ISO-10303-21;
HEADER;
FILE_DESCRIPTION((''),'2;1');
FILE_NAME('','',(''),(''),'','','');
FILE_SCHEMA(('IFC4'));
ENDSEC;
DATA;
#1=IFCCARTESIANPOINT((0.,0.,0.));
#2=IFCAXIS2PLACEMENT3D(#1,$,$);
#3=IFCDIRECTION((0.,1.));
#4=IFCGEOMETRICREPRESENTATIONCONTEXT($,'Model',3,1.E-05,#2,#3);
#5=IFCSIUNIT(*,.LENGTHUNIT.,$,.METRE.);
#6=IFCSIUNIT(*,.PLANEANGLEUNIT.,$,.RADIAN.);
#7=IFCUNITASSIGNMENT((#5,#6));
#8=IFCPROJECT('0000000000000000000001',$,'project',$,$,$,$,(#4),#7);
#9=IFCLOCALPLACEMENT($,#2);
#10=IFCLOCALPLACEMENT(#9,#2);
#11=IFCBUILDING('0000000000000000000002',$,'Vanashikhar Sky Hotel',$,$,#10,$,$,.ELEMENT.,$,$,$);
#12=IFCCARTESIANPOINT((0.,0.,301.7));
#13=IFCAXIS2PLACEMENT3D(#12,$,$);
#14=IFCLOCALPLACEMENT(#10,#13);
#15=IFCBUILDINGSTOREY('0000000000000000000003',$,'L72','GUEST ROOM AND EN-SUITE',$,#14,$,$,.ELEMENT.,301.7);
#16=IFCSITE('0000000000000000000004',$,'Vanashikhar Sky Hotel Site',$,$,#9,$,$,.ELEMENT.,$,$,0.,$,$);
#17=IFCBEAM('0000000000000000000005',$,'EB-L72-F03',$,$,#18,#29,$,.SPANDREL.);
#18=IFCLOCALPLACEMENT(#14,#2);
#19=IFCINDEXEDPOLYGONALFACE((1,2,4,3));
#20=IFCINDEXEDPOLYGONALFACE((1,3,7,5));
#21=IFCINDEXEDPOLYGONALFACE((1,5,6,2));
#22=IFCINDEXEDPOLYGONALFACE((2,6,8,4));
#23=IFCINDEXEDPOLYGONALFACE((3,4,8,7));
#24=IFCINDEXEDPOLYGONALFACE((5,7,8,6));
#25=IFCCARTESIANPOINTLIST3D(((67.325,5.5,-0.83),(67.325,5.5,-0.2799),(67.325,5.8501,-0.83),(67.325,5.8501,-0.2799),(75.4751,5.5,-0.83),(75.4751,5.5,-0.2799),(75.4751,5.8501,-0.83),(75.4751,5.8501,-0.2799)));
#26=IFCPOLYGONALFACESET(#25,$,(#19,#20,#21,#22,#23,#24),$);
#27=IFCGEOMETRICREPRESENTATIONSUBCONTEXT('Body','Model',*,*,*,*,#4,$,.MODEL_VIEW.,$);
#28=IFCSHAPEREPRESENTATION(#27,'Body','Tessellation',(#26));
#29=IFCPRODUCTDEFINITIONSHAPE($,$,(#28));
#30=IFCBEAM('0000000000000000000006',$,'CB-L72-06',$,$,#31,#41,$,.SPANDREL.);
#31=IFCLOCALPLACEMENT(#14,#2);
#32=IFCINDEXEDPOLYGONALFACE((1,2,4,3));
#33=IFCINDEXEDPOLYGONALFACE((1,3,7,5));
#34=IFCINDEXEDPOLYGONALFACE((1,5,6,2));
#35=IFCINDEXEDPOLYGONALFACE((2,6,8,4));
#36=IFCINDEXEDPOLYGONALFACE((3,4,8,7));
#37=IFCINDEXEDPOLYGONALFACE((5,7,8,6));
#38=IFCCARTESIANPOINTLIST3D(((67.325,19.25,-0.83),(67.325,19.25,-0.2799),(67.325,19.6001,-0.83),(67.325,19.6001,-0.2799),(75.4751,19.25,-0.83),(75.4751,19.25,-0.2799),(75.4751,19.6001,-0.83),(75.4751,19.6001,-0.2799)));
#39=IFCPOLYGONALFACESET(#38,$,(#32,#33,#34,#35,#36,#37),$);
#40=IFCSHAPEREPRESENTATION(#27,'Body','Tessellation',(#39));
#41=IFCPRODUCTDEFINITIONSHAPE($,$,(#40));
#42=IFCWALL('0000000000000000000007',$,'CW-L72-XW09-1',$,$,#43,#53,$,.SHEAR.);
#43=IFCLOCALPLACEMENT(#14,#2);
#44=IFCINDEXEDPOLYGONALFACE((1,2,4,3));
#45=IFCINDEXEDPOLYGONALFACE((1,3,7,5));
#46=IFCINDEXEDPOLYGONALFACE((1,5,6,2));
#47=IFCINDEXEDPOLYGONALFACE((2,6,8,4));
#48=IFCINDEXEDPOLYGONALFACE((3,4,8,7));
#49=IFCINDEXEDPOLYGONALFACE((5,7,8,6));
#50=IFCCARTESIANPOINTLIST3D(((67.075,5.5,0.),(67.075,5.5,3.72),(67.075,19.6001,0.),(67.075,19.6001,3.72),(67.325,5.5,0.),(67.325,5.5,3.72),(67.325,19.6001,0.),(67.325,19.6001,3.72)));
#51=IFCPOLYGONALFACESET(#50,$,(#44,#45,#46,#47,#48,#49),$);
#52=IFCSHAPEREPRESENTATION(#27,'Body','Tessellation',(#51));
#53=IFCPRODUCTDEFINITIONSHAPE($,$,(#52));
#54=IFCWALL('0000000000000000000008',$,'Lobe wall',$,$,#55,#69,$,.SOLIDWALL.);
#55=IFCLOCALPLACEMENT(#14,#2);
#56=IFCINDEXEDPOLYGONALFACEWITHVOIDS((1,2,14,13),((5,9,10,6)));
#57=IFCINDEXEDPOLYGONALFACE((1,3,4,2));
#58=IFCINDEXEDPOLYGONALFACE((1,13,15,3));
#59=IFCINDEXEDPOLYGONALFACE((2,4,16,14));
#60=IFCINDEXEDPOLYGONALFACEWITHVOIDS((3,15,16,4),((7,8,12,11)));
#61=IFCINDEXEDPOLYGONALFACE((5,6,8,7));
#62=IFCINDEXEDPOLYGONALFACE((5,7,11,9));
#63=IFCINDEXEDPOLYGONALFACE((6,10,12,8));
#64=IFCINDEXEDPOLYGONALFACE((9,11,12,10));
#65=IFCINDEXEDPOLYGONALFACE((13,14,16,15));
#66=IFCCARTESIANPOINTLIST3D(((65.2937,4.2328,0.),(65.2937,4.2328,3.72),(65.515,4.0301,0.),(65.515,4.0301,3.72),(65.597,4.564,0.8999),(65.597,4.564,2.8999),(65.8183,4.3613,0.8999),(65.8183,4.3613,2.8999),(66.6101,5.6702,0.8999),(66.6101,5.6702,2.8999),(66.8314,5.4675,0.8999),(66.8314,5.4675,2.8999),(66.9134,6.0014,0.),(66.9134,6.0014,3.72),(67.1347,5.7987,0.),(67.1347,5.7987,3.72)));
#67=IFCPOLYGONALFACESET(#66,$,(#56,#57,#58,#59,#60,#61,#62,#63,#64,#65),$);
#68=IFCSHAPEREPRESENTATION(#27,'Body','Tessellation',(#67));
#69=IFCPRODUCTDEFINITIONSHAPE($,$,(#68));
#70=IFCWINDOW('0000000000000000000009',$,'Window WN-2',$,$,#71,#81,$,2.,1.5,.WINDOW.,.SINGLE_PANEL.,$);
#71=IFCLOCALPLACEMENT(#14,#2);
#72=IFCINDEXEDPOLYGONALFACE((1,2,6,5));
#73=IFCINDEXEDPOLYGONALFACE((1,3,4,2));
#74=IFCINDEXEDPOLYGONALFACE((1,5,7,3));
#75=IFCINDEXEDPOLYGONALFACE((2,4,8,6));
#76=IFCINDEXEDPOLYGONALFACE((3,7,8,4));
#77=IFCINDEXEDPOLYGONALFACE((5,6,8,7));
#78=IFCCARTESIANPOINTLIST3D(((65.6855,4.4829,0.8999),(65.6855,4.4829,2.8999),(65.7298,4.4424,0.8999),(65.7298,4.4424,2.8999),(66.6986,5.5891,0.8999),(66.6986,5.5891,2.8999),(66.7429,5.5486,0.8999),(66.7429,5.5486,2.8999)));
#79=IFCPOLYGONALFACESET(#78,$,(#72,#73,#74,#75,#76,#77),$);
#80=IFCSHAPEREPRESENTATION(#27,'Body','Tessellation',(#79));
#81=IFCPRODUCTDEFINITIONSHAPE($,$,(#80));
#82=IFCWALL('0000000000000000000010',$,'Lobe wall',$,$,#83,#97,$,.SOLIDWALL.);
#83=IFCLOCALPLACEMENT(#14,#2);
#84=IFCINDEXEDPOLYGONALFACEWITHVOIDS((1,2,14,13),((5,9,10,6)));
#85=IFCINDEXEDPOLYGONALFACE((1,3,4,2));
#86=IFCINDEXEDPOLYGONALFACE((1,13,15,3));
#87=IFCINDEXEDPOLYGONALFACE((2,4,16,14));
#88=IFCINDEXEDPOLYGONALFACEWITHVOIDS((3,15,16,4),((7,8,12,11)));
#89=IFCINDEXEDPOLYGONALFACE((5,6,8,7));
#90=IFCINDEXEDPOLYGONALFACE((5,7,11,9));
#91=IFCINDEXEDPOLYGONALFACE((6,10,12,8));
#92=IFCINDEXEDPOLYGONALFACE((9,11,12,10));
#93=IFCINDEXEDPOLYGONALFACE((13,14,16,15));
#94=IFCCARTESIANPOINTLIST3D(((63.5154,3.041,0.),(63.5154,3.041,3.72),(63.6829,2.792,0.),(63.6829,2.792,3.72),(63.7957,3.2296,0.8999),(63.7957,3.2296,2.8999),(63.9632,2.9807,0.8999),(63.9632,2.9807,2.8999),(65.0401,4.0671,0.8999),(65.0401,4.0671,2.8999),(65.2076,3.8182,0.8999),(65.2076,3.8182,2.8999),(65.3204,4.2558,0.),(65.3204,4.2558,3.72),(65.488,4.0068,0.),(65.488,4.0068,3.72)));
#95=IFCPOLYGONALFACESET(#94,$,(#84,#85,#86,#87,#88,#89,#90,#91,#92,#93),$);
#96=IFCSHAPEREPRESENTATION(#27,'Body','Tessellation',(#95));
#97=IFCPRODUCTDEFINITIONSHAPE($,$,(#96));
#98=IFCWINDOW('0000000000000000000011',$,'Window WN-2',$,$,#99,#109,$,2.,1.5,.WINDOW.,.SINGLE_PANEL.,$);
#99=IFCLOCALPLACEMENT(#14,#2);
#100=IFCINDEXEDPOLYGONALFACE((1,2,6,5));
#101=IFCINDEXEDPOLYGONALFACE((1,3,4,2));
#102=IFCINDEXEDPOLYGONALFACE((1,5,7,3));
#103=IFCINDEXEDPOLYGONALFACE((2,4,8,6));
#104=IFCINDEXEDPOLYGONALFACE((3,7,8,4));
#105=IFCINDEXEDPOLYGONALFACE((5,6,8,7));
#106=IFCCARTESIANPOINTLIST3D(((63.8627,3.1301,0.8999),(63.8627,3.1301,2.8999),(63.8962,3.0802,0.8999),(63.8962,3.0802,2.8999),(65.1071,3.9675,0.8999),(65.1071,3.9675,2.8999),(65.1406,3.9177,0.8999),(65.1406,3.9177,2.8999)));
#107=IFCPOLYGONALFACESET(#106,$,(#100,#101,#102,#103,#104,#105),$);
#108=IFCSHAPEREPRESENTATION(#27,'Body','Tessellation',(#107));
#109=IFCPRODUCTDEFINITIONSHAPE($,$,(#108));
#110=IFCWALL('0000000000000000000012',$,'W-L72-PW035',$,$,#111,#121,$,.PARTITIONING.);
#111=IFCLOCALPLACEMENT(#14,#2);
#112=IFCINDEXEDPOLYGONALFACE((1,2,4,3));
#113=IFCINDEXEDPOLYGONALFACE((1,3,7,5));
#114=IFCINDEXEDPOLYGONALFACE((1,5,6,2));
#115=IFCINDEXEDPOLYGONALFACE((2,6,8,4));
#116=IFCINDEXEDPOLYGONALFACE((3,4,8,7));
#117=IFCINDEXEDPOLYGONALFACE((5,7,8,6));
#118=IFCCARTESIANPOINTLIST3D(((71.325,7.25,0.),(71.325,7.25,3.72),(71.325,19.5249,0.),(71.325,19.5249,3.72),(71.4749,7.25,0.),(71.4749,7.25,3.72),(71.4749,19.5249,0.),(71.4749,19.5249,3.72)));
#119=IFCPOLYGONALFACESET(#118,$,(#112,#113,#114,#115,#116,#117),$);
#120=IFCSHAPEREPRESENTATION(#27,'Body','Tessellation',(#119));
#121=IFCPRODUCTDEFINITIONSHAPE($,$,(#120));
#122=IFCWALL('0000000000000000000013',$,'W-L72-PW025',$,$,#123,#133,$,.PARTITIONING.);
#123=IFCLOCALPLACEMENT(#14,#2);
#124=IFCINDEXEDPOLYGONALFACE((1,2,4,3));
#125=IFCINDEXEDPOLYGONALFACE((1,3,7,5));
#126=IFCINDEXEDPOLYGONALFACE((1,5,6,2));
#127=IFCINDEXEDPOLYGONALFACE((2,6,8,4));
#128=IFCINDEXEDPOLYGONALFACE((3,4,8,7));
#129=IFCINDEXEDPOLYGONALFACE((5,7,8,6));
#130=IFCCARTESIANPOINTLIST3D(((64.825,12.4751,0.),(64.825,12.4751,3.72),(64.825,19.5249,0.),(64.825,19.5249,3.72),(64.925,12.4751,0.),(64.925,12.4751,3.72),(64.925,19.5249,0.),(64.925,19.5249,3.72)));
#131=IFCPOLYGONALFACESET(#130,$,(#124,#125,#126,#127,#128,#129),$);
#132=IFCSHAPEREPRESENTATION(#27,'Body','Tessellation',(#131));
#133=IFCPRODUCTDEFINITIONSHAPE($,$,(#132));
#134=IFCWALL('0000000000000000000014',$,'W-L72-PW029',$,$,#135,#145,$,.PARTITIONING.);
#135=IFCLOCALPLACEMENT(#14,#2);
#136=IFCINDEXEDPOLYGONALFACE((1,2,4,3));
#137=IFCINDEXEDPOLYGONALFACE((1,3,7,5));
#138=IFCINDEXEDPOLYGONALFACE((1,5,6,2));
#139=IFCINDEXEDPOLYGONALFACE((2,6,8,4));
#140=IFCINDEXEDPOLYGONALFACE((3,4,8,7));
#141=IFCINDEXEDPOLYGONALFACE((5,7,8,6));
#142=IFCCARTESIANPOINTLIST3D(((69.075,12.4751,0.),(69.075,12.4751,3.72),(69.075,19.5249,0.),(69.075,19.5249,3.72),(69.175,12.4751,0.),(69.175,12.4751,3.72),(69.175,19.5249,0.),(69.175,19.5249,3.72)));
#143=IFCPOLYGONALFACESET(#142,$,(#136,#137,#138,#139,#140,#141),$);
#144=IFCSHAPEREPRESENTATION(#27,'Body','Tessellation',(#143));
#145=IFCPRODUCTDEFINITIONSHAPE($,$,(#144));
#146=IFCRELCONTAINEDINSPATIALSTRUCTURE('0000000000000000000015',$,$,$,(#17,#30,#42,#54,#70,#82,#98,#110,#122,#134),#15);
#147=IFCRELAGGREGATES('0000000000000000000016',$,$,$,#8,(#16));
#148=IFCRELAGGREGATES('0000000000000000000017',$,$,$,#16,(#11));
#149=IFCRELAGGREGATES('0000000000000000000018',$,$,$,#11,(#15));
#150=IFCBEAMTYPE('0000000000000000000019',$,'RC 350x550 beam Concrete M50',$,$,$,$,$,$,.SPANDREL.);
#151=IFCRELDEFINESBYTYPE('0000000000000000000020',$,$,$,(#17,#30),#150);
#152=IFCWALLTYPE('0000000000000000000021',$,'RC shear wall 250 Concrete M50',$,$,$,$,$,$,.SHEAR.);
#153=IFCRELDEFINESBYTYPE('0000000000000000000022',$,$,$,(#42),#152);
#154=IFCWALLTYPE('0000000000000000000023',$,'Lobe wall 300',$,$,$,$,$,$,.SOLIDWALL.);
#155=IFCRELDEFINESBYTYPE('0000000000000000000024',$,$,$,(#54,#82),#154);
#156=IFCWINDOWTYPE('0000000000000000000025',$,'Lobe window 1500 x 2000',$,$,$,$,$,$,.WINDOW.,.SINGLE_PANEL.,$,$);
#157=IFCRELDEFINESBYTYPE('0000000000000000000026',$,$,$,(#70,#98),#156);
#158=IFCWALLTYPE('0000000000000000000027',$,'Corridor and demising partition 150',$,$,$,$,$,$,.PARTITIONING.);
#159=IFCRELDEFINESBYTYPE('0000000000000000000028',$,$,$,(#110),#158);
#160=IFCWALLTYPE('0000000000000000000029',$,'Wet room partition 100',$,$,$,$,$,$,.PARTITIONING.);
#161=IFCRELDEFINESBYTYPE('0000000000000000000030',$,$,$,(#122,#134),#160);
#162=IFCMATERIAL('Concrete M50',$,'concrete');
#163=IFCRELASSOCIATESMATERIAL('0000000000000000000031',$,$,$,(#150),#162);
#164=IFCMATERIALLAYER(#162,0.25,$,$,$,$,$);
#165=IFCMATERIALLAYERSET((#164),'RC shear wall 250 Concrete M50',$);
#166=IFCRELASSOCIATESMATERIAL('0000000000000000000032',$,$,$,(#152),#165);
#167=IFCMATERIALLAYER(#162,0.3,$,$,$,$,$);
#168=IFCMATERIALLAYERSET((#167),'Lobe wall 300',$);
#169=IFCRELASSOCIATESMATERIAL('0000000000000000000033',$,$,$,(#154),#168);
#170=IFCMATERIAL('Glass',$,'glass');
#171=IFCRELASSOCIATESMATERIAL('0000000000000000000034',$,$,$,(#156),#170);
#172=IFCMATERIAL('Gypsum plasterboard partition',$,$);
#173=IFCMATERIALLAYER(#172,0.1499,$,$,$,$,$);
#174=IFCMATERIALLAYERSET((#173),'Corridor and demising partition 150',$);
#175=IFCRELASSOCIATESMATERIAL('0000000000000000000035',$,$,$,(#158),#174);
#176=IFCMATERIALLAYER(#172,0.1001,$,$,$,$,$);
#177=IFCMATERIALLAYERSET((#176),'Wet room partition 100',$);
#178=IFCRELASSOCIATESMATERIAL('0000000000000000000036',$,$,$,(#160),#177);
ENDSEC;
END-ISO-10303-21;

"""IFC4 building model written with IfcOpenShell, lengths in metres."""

from ifc_helpers import new_model, si_unit, direction, frame, frame_2d, origin, origin_2d, place, context, subcontext, project, spatial, rectangle, extrude, source, transform, mapped, material, layer, layer_set, material_profile, profile_set, type_object, element, fill, save


model = new_model("IFC4")

# Units and contexts
model_context = context("Model", 3, precision=1e-05, world=origin(), true_north=direction((0.0, 1.0)))
body_context = subcontext(model_context, "Body", "Model", "MODEL_VIEW")
ifc_project = project(units=[si_unit("LENGTHUNIT", "METRE"), si_unit("PLANEANGLEUNIT", "RADIAN")], contexts=[model_context])

# Site, building, storey
site_placement = place(None, origin())
site = spatial("IfcSite", under=ifc_project, at=site_placement, Name="Vanashikhar Sky Hotel Site", CompositionType="ELEMENT", RefElevation=0.0)
building_placement = place(site_placement, origin())
building = spatial("IfcBuilding", under=site, at=building_placement, Name="Vanashikhar Sky Hotel", CompositionType="ELEMENT")
storey_placement = place(building_placement, frame((0.0, 0.0, 301.7)))
storey = spatial("IfcBuildingStorey", under=building, at=storey_placement, Name="L72", Description="GUEST ROOM AND EN-SUITE", CompositionType="ELEMENT", Elevation=301.7)

# Beams
ifc_material_1 = material(Name="Concrete M50", Category="concrete")
ifc_material_profile_1 = material_profile(ifc_material_1, rectangle(XDim=0.3501, YDim=0.55, at=origin_2d()))
ifc_profile_set_1 = profile_set([ifc_material_profile_1], Name="RC 350x550 beam Concrete M50")
beam_type = type_object("IfcBeamType", Name="RC 350x550 beam Concrete M50", PredefinedType="SPANDREL", material=ifc_profile_set_1)
shared_shape_1 = source(origin(), body_context, "Body", "SweptSolid", [
    extrude(rectangle(XDim=0.3501, YDim=0.55, at=origin_2d()), origin(), (0.0, 0.0, 1.0), 8.1501),
])
for number, where, z_axis, x_axis, name in (
    (1, (67.325, 5.675, -0.5549), (1.0, 0.0, 0.0), (0.0, 1.0, 0.0), "EB-L72-F03"),
    (2, (67.325, 19.425, -0.5549), (1.0, 0.0, 0.0), (0.0, 1.0, 0.0), "CB-L72-06"),
):
    element("IfcBeam", number, at=place(storey_placement, frame(where, z_axis=z_axis, x_axis=x_axis)), inside=storey, type_object=beam_type, Name=name, PredefinedType="SPANDREL", context=body_context, shape_type="MappedRepresentation", body=[
        mapped(shared_shape_1, transform((0.0, 0.0, 0.0), scale=1.0)),
    ])

# Wall
ifc_layer_1 = layer(ifc_material_1, 0.25)
ifc_layer_set_1 = layer_set([ifc_layer_1], Name="RC shear wall 250 Concrete M50")
wall_type_1 = type_object("IfcWallType", Name="RC shear wall 250 Concrete M50", PredefinedType="SHEAR", material=ifc_layer_set_1)
shared_shape_2 = source(origin(), body_context, "Body", "SweptSolid", [
    extrude(rectangle(XDim=14.1001, YDim=0.25, at=frame_2d((7.05, 0.0))), origin(), (0.0, 0.0, 1.0), 3.72),
])
wall_1_placement = place(storey_placement, frame((67.2, 5.5, 0.0), z_axis=(0.0, 0.0, 1.0), x_axis=(0.0, 1.0, 0.0)))
element("IfcWall", 3, at=wall_1_placement, inside=storey, type_object=wall_type_1, Name="CW-L72-XW09-1", PredefinedType="SHEAR", context=body_context, shape_type="MappedRepresentation", body=[
    mapped(shared_shape_2, transform((0.0, 0.0, 0.0), scale=1.0)),
])

# Shared definitions
ifc_material_2 = material(Name="Glass", Category="glass")

# Walls, openings, windows
ifc_layer_2 = layer(ifc_material_1, 0.3)
ifc_layer_set_2 = layer_set([ifc_layer_2], Name="Lobe wall 300")
wall_type_2 = type_object("IfcWallType", Name="Lobe wall 300", PredefinedType="SOLIDWALL", material=ifc_layer_set_2)
shared_shape_3 = source(origin(), body_context, "Body", "SweptSolid", [
    extrude(rectangle(XDim=2.3982, YDim=0.3, at=frame_2d((1.1992, 0.0))), origin(), (0.0, 0.0, 1.0), 3.72),
])
wall_2_placement = place(storey_placement, frame((65.4043, 4.1313, 0.0), z_axis=(0.0, 0.0, 1.0), x_axis=(0.675374, 0.737475, 0.0)))
wall_2 = element("IfcWall", 4, at=wall_2_placement, inside=storey, type_object=wall_type_2, Name="Lobe wall", PredefinedType="SOLIDWALL", context=body_context, shape_type="MappedRepresentation", body=[
    mapped(shared_shape_3, transform((0.0, 0.0, 0.0), scale=1.0)),
])
shared_shape_4 = source(origin(), body_context, "Body", "SweptSolid", [
    extrude(rectangle(XDim=1.5, YDim=2.0, at=frame_2d((0.75, 1.0))), frame((0.0, 0.1602, 0.0), z_axis=(0.0, -1.0, 0.0), x_axis=(1.0, 0.0, 0.0)), (0.0, 0.0, 1.0), 0.3201),
])
opening_1_placement = place(wall_2_placement, frame((0.4492, 0.0, 0.8999)))
opening_1 = element("IfcOpeningElement", 5, at=opening_1_placement, cuts=wall_2, PredefinedType="OPENING", context=body_context, shape_type="MappedRepresentation", body=[
    mapped(shared_shape_4, transform((0.0, 0.0, 0.0), scale=1.0)),
])
window_type_1 = type_object("IfcWindowType", Name="Lobe window 1500 x 2000", PartitioningType="SINGLE_PANEL", PredefinedType="WINDOW", material=ifc_material_2)
shared_shape_5 = source(origin(), body_context, "Body", "SweptSolid", [
    extrude(rectangle(XDim=1.5, YDim=2.0, at=frame_2d((0.75, 1.0))), frame((0.0, 0.03, 0.0), z_axis=(0.0, -1.0, 0.0), x_axis=(1.0, 0.0, 0.0)), (0.0, 0.0, 1.0), 0.0601),
])
window_1_placement = place(opening_1_placement, origin())
window_1 = element("IfcWindow", 6, at=window_1_placement, inside=storey, type_object=window_type_1, Name="Window WN-2", OverallHeight=2.0, OverallWidth=1.5, PartitioningType="SINGLE_PANEL", PredefinedType="WINDOW", context=body_context, shape_type="MappedRepresentation", body=[
    mapped(shared_shape_5, transform((0.0, 0.0, 0.0), scale=1.0)),
])
fill(opening_1, window_1)
shared_shape_6 = source(origin(), body_context, "Body", "SweptSolid", [
    extrude(rectangle(XDim=2.1758, YDim=0.3, at=frame_2d((1.0879, 0.0))), origin(), (0.0, 0.0, 1.0), 3.72),
])
wall_3_placement = place(storey_placement, frame((63.5991, 2.9165, 0.0), z_axis=(0.0, 0.0, 1.0), x_axis=(0.829626, 0.55832, 0.0)))
wall_3 = element("IfcWall", 7, at=wall_3_placement, inside=storey, type_object=wall_type_2, Name="Lobe wall", PredefinedType="SOLIDWALL", context=body_context, shape_type="MappedRepresentation", body=[
    mapped(shared_shape_6, transform((0.0, 0.0, 0.0), scale=1.0)),
])
opening_2_placement = place(wall_3_placement, frame((0.3379, 0.0, 0.8999)))
opening_2 = element("IfcOpeningElement", 8, at=opening_2_placement, cuts=wall_3, PredefinedType="OPENING", context=body_context, shape_type="MappedRepresentation", body=[
    mapped(shared_shape_4, transform((0.0, 0.0, 0.0), scale=1.0)),
])
window_2_placement = place(opening_2_placement, origin())
window_2 = element("IfcWindow", 9, at=window_2_placement, inside=storey, type_object=window_type_1, Name="Window WN-2", OverallHeight=2.0, OverallWidth=1.5, PartitioningType="SINGLE_PANEL", PredefinedType="WINDOW", context=body_context, shape_type="MappedRepresentation", body=[
    mapped(shared_shape_5, transform((0.0, 0.0, 0.0), scale=1.0)),
])
fill(opening_2, window_2)

# Walls
ifc_material_3 = material(Name="Gypsum plasterboard partition")
ifc_layer_3 = layer(ifc_material_3, 0.1499)
ifc_layer_set_3 = layer_set([ifc_layer_3], Name="Corridor and demising partition 150")
wall_type_3 = type_object("IfcWallType", Name="Corridor and demising partition 150", PredefinedType="PARTITIONING", material=ifc_layer_set_3)
shared_shape_7 = source(origin(), body_context, "Body", "SweptSolid", [
    extrude(rectangle(XDim=12.2749, YDim=0.1499, at=frame_2d((6.1375, 0.0))), origin(), (0.0, 0.0, 1.0), 3.72),
])
wall_4_placement = place(storey_placement, frame((71.3999, 7.25, 0.0), z_axis=(0.0, 0.0, 1.0), x_axis=(0.0, 1.0, 0.0)))
element("IfcWall", 10, at=wall_4_placement, inside=storey, type_object=wall_type_3, Name="W-L72-PW035", PredefinedType="PARTITIONING", context=body_context, shape_type="MappedRepresentation", body=[
    mapped(shared_shape_7, transform((0.0, 0.0, 0.0), scale=1.0)),
])
ifc_layer_4 = layer(ifc_material_3, 0.1001)
ifc_layer_set_4 = layer_set([ifc_layer_4], Name="Wet room partition 100")
wall_type_4 = type_object("IfcWallType", Name="Wet room partition 100", PredefinedType="PARTITIONING", material=ifc_layer_set_4)
shared_shape_8 = source(origin(), body_context, "Body", "SweptSolid", [
    extrude(rectangle(XDim=7.0498, YDim=0.1001, at=frame_2d((3.5249, 0.0))), origin(), (0.0, 0.0, 1.0), 3.72),
])
for number, where, z_axis, x_axis, name in (
    (11, (64.875, 12.4751, 0.0), (0.0, 0.0, 1.0), (0.0, 1.0, 0.0), "W-L72-PW025"),
    (12, (69.125, 12.4751, 0.0), (0.0, 0.0, 1.0), (0.0, 1.0, 0.0), "W-L72-PW029"),
):
    element("IfcWall", number, at=place(storey_placement, frame(where, z_axis=z_axis, x_axis=x_axis)), inside=storey, type_object=wall_type_4, Name=name, PredefinedType="PARTITIONING", context=body_context, shape_type="MappedRepresentation", body=[
        mapped(shared_shape_8, transform((0.0, 0.0, 0.0), scale=1.0)),
    ])

save(model, "model.ifc")
